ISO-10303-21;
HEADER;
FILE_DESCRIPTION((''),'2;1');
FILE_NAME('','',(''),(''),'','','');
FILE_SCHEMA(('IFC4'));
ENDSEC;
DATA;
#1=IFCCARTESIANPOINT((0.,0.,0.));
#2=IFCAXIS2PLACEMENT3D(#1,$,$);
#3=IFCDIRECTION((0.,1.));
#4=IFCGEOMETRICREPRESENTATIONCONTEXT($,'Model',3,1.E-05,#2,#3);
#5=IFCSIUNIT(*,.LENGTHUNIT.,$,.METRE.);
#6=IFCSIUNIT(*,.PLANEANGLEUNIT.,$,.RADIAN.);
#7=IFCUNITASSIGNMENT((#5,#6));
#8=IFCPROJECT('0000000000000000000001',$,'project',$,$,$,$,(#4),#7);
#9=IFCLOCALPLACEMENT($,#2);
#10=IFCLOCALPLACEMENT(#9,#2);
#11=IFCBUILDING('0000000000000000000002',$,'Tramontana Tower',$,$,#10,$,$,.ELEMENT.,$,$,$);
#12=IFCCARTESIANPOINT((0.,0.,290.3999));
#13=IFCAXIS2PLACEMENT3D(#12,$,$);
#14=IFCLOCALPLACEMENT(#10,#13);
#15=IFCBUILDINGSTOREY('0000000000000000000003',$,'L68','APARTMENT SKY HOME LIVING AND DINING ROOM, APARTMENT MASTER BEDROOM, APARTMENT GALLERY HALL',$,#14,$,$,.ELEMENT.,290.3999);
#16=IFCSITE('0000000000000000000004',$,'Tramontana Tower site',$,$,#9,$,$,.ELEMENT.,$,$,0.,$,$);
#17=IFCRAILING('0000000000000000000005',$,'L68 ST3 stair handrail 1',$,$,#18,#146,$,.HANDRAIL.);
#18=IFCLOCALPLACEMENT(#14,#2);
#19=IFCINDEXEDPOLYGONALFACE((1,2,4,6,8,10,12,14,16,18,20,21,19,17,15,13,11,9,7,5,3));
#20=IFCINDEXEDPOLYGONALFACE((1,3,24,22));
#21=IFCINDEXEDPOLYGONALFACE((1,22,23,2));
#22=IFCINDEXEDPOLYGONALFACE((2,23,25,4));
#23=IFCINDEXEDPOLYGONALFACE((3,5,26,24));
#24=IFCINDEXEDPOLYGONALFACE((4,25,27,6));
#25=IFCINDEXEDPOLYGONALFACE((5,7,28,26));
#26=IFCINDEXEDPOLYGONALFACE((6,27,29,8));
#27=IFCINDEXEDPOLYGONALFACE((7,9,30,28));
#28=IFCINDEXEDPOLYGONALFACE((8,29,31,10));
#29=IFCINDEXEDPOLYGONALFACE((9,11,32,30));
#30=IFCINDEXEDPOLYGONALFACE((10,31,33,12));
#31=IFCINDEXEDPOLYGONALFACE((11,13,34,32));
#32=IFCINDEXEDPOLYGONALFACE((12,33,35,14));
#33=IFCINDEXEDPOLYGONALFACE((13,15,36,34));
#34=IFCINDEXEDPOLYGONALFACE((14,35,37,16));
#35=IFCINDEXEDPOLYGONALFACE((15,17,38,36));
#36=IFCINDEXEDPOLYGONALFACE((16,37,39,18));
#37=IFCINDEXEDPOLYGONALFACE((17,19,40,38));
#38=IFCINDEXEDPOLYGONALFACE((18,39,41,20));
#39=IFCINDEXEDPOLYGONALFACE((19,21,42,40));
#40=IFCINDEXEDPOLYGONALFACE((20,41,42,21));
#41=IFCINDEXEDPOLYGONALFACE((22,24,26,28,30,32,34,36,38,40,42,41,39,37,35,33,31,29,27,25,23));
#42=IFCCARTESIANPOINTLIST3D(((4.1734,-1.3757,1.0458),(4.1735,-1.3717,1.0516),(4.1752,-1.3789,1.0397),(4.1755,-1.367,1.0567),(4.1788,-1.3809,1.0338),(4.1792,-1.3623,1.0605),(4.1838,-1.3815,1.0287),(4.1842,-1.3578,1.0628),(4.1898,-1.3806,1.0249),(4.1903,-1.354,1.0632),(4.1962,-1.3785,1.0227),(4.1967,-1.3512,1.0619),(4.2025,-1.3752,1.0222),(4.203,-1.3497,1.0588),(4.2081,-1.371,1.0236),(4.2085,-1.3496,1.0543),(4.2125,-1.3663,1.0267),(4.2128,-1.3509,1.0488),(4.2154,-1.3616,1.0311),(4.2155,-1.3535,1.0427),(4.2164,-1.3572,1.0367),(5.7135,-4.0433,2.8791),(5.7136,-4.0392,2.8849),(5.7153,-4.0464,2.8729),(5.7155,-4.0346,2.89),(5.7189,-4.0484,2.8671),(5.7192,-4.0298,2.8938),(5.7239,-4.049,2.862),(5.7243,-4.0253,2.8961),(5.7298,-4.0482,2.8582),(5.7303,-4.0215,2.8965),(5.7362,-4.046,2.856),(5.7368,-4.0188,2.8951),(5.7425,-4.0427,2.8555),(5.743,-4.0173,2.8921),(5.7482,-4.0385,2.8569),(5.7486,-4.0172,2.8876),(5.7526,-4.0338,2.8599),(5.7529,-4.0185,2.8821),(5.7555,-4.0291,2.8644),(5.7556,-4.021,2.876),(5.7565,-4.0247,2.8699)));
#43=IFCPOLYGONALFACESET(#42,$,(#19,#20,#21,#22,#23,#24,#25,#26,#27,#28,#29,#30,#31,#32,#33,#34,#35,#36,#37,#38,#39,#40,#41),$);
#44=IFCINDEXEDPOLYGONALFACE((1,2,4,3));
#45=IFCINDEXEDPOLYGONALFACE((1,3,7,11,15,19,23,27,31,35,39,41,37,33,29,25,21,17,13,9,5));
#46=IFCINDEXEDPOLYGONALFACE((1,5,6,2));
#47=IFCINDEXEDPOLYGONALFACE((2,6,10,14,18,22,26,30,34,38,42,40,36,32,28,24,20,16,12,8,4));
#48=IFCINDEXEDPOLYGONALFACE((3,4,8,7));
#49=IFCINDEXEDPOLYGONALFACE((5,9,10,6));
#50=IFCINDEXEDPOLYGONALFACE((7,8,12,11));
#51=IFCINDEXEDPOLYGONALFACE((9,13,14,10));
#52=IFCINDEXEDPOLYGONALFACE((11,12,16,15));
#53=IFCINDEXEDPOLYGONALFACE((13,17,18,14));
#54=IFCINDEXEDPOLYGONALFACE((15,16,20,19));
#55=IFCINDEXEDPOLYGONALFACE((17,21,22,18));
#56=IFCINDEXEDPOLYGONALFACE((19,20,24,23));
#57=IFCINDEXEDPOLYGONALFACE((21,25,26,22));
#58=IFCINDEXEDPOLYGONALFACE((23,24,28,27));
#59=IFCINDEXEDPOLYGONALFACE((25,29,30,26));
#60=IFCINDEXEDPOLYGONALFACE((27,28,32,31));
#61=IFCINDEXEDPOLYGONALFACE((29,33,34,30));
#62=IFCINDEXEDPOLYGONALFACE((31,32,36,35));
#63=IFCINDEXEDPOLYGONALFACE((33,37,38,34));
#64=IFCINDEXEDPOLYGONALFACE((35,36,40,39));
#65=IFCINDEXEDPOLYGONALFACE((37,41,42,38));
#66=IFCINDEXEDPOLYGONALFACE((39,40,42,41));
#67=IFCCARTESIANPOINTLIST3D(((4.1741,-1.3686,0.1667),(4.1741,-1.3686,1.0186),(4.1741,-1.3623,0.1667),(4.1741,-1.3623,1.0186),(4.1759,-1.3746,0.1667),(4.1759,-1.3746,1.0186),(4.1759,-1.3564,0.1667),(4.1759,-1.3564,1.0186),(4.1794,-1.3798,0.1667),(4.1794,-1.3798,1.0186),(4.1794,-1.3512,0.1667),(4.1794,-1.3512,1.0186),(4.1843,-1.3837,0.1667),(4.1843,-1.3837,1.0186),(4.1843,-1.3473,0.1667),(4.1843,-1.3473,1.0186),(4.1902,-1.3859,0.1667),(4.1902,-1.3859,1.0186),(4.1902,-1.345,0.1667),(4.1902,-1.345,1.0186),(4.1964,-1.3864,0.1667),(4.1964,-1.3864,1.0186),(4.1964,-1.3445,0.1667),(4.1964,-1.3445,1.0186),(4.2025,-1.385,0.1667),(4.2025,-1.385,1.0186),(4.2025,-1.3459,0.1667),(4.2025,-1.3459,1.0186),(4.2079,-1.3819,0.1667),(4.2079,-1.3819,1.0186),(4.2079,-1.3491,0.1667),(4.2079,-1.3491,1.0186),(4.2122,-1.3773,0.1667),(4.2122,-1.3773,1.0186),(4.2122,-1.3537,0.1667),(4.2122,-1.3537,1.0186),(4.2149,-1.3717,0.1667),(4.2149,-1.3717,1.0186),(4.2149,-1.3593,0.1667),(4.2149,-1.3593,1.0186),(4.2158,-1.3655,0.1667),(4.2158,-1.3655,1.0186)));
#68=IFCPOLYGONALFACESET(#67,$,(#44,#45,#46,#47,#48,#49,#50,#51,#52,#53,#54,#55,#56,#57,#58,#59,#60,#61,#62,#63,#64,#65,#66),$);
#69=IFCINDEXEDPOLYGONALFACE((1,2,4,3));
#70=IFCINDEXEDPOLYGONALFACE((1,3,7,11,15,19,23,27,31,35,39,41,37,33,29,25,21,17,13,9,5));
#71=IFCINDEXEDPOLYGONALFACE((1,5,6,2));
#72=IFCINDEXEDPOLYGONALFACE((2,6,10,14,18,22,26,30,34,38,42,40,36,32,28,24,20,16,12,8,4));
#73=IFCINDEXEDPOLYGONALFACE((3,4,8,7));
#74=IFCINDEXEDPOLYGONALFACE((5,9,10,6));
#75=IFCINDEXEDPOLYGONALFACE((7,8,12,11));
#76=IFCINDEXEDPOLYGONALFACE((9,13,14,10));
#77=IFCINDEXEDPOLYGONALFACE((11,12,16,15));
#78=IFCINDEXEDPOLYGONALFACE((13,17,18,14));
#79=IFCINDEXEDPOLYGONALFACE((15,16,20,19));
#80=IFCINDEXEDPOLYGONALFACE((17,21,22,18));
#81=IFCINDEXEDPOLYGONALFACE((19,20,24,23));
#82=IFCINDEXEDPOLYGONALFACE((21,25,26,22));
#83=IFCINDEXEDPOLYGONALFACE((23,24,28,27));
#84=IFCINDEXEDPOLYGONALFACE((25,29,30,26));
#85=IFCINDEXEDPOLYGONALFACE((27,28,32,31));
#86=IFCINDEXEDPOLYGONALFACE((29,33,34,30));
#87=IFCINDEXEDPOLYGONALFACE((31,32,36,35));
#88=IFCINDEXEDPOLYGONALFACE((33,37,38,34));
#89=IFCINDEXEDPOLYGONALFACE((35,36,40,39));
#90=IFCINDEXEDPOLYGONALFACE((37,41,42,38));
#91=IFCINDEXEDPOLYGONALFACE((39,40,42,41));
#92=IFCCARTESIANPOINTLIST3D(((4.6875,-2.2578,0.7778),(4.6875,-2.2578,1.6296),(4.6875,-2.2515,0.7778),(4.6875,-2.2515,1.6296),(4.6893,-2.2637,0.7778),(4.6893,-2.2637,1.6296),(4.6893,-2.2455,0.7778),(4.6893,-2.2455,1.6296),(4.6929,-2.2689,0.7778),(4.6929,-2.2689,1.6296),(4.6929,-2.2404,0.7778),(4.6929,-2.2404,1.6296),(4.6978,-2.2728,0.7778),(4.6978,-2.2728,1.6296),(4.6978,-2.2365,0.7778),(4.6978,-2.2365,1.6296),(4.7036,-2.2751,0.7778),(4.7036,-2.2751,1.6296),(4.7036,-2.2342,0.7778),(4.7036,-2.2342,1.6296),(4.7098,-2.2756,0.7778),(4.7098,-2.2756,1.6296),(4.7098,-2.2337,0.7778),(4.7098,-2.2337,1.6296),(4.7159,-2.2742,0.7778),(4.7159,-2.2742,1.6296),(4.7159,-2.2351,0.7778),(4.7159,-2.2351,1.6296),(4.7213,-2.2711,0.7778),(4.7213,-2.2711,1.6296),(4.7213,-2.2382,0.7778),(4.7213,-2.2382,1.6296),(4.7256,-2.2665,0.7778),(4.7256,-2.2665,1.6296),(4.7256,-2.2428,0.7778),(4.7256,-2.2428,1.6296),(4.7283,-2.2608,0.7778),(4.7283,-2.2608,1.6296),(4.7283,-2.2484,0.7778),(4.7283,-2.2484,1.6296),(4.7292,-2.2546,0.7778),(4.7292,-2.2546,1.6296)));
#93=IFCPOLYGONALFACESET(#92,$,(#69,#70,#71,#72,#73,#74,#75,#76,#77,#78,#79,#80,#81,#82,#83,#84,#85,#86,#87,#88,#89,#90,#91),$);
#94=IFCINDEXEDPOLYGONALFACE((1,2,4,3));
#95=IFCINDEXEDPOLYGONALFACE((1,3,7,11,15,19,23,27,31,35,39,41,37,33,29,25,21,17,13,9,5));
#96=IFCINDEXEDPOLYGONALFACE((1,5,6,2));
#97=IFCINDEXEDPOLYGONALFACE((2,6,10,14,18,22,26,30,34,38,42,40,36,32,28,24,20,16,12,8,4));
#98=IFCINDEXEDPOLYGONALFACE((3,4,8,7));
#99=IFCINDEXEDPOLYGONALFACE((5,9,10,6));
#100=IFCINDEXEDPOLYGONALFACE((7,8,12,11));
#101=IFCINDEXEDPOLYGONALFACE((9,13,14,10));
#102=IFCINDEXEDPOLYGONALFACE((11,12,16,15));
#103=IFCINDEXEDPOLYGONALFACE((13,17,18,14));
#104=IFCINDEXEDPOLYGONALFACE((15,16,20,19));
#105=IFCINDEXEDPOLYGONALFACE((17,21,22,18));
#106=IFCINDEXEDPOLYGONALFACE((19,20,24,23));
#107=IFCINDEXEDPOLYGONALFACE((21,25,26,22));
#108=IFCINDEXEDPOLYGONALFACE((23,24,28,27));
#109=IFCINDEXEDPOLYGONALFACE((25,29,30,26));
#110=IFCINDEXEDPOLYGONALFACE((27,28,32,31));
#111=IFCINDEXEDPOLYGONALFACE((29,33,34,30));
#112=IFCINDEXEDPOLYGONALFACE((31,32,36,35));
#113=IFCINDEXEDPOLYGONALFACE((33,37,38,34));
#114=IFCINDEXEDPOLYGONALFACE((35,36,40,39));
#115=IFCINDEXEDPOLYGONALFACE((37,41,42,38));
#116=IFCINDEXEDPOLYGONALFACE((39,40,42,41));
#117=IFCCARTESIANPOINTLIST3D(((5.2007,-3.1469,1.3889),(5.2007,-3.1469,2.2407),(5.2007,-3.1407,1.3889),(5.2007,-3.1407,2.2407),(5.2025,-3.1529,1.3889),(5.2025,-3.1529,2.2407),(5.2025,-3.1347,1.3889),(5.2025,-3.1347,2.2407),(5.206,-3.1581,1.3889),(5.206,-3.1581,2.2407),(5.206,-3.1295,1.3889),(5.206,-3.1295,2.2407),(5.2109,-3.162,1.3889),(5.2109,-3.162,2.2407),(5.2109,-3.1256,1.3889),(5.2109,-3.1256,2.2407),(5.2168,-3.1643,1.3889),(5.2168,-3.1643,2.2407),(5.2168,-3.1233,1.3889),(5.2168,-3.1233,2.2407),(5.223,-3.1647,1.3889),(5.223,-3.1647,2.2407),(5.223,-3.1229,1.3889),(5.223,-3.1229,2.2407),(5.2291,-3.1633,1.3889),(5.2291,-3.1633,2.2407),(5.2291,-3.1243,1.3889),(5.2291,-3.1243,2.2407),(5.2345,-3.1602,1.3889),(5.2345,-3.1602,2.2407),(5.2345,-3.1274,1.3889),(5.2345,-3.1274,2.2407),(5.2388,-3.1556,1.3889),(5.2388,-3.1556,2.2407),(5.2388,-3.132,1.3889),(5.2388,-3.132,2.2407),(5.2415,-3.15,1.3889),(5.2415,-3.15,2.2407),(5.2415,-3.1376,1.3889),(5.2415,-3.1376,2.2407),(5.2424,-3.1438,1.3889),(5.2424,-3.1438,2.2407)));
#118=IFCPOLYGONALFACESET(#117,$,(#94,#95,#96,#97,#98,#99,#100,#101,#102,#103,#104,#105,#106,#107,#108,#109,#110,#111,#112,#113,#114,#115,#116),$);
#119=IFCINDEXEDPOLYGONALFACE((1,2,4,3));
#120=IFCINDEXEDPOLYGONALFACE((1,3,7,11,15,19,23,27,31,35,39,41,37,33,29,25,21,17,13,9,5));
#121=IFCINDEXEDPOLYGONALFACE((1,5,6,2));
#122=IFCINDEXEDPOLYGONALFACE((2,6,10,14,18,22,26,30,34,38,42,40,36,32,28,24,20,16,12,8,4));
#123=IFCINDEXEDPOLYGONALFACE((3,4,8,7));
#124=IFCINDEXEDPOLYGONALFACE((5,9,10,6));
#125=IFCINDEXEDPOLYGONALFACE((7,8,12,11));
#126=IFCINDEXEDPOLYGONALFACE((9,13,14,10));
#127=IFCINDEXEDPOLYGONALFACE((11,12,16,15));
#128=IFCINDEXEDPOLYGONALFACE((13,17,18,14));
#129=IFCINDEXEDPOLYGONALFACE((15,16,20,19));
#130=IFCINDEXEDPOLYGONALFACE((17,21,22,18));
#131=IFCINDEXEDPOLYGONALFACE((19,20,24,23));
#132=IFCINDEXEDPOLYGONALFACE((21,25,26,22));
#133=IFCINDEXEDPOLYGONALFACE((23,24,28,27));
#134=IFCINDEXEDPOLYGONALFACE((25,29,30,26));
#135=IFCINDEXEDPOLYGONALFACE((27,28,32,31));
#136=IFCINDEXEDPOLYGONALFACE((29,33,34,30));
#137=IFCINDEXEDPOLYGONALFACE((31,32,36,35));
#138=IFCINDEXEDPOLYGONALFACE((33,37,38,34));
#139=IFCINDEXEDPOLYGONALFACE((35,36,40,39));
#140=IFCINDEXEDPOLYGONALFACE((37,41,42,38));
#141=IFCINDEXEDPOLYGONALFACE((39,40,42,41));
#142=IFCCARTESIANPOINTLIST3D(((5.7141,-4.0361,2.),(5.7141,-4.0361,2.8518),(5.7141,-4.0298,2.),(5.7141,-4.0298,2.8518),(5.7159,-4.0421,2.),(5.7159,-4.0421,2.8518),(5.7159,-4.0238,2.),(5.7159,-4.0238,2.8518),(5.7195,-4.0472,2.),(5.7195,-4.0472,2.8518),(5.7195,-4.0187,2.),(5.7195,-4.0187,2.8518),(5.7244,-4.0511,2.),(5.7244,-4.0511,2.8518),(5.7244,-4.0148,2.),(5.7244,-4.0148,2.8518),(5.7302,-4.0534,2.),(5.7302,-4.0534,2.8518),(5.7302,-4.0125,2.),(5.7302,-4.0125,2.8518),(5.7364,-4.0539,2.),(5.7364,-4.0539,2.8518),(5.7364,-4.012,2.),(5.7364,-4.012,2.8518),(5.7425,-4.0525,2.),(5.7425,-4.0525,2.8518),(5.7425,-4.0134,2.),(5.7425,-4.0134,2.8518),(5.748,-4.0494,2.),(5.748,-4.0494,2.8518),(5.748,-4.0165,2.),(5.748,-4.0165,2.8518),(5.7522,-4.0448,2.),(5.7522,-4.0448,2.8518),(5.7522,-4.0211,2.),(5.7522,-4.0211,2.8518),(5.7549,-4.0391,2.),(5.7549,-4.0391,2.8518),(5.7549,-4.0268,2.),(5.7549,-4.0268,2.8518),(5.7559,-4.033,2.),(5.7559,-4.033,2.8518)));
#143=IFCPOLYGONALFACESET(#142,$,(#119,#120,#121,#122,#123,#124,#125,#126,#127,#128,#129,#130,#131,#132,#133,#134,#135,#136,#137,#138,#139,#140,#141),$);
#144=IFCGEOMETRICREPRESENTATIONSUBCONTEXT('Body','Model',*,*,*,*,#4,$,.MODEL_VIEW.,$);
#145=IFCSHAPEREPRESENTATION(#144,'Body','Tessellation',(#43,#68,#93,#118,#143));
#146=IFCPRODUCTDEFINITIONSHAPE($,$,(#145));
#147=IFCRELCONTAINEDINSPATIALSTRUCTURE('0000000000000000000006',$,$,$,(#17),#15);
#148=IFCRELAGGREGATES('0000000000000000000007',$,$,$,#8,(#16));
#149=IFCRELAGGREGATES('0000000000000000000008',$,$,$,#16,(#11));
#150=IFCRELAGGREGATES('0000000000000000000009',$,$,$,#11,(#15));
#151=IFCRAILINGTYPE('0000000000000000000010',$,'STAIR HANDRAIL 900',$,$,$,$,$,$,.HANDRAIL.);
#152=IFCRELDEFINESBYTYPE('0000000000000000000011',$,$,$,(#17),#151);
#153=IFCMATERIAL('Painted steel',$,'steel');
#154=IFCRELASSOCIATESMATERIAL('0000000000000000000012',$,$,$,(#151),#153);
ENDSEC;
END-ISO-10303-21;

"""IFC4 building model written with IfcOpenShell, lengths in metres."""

from ifc_helpers import new_model, si_unit, direction, frame, origin, origin_2d, place, context, subcontext, project, spatial, circle, extrude, material, type_object, element, save


model = new_model("IFC4")

# Units and contexts
model_context = context("Model", 3, precision=1e-05, world=origin(), true_north=direction((0.0, 1.0)))
body_context = subcontext(model_context, "Body", "Model", "MODEL_VIEW")
ifc_project = project(units=[si_unit("LENGTHUNIT", "METRE"), si_unit("PLANEANGLEUNIT", "RADIAN")], contexts=[model_context])

# Site, building, storey
site_placement = place(None, origin())
site = spatial("IfcSite", under=ifc_project, at=site_placement, Name="Tramontana Tower site", CompositionType="ELEMENT", RefElevation=0.0)
building_placement = place(site_placement, origin())
building = spatial("IfcBuilding", under=site, at=building_placement, Name="Tramontana Tower", CompositionType="ELEMENT")
storey_placement = place(building_placement, frame((0.0, 0.0, 290.3999)))
storey = spatial("IfcBuildingStorey", under=building, at=storey_placement, Name="L68", Description="APARTMENT SKY HOME LIVING AND DINING ROOM, APARTMENT MASTER BEDROOM, APARTMENT GALLERY HALL", CompositionType="ELEMENT", Elevation=290.3999)

# Railing
ifc_material_1 = material(Name="Painted steel", Category="steel")
railing_type_1 = type_object("IfcRailingType", Name="STAIR HANDRAIL 900", PredefinedType="HANDRAIL", material=ifc_material_1)
railing_1_placement = place(storey_placement, frame((4.1948, -1.3655, 0.1667)))
element("IfcRailing", 1, at=railing_1_placement, inside=storey, type_object=railing_type_1, Name="L68 ST3 stair handrail 1", PredefinedType="HANDRAIL", context=body_context, shape_type="SweptSolid", body=[
    extrude(circle(Radius=0.0239, at=origin_2d()), frame((0.0, 0.0, 0.876), z_axis=(0.429649, -0.74419, 0.511452), x_axis=(0.86603, 0.499992, 0.0)), (0.0, 0.0, 1.0), 3.5845),
    extrude(circle(Radius=0.021, at=origin_2d()), origin(), (0.0, 0.0, 1.0), 0.8518),
    extrude(circle(Radius=0.021, at=origin_2d()), frame((0.5134, -0.8892, 0.6111)), (0.0, 0.0, 1.0), 0.8518),
    extrude(circle(Radius=0.021, at=origin_2d()), frame((1.0266, -1.7783, 1.2222)), (0.0, 0.0, 1.0), 0.8518),
    extrude(circle(Radius=0.021, at=origin_2d()), frame((1.54, -2.6675, 1.8333)), (0.0, 0.0, 1.0), 0.8518),
])

save(model, "model.ifc")
